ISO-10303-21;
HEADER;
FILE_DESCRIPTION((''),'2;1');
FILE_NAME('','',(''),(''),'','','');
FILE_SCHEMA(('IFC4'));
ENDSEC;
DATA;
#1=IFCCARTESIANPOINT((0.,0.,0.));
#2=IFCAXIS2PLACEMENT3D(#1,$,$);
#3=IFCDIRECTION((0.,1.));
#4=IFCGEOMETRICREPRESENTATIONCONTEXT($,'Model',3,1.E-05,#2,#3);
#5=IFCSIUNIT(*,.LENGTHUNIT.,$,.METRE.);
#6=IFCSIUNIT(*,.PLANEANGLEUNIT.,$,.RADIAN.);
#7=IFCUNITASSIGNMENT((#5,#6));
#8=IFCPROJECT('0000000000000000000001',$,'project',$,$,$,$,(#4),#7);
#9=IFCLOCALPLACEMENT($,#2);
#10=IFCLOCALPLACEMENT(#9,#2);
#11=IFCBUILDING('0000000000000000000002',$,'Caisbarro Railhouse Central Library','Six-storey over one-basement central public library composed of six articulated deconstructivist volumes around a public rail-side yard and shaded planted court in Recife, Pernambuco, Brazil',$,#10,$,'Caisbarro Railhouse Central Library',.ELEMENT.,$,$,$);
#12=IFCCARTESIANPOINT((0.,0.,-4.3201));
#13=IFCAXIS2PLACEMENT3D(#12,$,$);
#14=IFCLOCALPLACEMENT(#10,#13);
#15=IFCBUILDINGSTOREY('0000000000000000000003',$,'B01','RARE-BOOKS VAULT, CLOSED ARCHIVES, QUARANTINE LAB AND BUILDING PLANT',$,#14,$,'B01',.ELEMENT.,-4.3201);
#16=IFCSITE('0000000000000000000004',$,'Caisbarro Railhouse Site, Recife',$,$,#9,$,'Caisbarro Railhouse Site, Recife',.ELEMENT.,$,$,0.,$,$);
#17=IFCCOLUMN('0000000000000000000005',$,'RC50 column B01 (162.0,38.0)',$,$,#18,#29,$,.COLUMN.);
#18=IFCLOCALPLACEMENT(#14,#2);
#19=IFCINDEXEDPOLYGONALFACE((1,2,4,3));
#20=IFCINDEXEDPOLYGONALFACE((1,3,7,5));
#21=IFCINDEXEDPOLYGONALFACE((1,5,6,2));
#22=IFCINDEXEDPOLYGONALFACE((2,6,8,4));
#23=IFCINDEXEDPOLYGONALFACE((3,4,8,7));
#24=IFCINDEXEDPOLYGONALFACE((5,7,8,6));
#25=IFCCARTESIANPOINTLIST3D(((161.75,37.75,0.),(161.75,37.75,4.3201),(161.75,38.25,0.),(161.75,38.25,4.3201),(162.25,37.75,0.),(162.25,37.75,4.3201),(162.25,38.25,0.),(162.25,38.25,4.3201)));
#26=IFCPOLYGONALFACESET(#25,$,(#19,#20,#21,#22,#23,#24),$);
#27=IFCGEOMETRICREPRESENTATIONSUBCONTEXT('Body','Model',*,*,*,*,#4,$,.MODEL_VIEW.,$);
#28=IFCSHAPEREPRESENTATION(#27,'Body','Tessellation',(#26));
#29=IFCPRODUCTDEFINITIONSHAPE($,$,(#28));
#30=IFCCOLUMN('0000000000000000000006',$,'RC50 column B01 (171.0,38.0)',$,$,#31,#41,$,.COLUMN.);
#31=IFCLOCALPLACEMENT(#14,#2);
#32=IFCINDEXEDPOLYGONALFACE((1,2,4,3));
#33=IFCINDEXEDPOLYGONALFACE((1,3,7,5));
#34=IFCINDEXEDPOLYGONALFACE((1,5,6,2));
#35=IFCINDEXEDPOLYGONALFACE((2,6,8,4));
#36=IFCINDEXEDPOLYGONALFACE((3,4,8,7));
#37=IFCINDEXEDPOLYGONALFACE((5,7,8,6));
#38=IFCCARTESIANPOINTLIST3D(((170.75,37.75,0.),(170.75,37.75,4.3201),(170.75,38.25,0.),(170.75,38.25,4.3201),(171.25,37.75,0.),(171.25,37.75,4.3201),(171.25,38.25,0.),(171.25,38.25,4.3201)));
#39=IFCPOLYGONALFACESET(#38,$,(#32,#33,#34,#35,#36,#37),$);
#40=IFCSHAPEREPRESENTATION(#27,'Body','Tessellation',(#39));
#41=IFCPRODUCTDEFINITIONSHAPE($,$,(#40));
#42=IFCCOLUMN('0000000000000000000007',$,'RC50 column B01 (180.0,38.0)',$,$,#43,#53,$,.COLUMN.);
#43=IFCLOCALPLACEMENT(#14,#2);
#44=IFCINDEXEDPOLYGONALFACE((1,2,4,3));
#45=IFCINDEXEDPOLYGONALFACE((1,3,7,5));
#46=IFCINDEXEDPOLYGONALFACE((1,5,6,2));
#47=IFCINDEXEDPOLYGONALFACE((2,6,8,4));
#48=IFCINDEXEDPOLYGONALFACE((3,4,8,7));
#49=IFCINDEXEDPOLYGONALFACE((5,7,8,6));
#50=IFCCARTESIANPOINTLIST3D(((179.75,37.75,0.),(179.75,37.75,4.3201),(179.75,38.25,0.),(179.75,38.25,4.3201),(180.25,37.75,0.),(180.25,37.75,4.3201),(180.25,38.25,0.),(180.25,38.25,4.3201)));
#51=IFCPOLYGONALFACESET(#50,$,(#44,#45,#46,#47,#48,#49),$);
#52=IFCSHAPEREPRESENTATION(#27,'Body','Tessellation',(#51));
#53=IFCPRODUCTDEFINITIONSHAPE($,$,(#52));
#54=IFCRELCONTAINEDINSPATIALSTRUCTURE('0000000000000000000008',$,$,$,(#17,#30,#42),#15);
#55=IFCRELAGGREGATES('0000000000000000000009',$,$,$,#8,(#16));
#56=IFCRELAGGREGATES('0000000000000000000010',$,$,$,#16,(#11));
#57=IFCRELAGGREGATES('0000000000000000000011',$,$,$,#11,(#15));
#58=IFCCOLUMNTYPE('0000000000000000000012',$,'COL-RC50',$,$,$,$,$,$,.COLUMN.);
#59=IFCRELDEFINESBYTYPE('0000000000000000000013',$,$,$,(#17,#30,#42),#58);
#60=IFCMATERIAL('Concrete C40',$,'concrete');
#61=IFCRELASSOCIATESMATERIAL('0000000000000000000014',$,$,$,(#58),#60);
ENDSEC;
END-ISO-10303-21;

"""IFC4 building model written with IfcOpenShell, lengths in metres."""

from ifc_helpers import new_model, si_unit, direction, frame, origin, origin_2d, place, context, subcontext, project, spatial, rectangle, extrude, material, material_profile, profile_set, type_object, element, save


model = new_model("IFC4")

# Units and contexts
model_context = context("Model", 3, precision=1e-05, world=origin(), true_north=direction((0.0, 1.0)))
body_context = subcontext(model_context, "Body", "Model", "MODEL_VIEW")
ifc_project = project(units=[si_unit("LENGTHUNIT", "METRE"), si_unit("PLANEANGLEUNIT", "RADIAN")], contexts=[model_context])

# Site, building, storey
site_placement = place(None, origin())
site = spatial("IfcSite", under=ifc_project, at=site_placement, Name="Caisbarro Railhouse Site, Recife", LongName="Caisbarro Railhouse Site, Recife", CompositionType="ELEMENT", RefElevation=0.0)
building_placement = place(site_placement, origin())
building = spatial("IfcBuilding", under=site, at=building_placement, Name="Caisbarro Railhouse Central Library", Description="Six-storey over one-basement central public library composed of six articulated deconstructivist volumes around a public rail-side yard and shaded planted court in Recife, Pernambuco, Brazil", LongName="Caisbarro Railhouse Central Library", CompositionType="ELEMENT")
storey_placement = place(building_placement, frame((0.0, 0.0, -4.3201)))
storey = spatial("IfcBuildingStorey", under=building, at=storey_placement, Name="B01", Description="RARE-BOOKS VAULT, CLOSED ARCHIVES, QUARANTINE LAB AND BUILDING PLANT", LongName="B01", CompositionType="ELEMENT", Elevation=-4.3201)

# Shared definitions
ifc_material_1 = material(Name="Concrete C40", Category="concrete")

# Columns
ifc_material_profile_1 = material_profile(ifc_material_1, rectangle(XDim=0.5, YDim=0.5, at=origin_2d()), Name="RC-COL-500X500")
ifc_profile_set_1 = profile_set([ifc_material_profile_1], Name="Concrete C40")
column_type = type_object("IfcColumnType", Name="COL-RC50", PredefinedType="COLUMN", material=ifc_profile_set_1)
for number, where, z_axis, x_axis, name in (
    (1, (162.0, 38.0, 0.0), (0.0, 0.0, 1.0), (1.0, 0.0, 0.0), "RC50 column B01 (162.0,38.0)"),
    (2, (171.0, 38.0, 0.0), (0.0, 0.0, 1.0), (1.0, 0.0, 0.0), "RC50 column B01 (171.0,38.0)"),
    (3, (180.0, 38.0, 0.0), (0.0, 0.0, 1.0), (1.0, 0.0, 0.0), "RC50 column B01 (180.0,38.0)"),
):
    element("IfcColumn", number, at=place(storey_placement, frame(where, z_axis=z_axis, x_axis=x_axis)), inside=storey, type_object=column_type, Name=name, PredefinedType="COLUMN", context=body_context, shape_type="SweptSolid", body=[
        extrude(rectangle(XDim=0.5, YDim=0.5, at=origin_2d()), origin(), (0.0, 0.0, 1.0), 4.3201),
    ])

save(model, "model.ifc")
